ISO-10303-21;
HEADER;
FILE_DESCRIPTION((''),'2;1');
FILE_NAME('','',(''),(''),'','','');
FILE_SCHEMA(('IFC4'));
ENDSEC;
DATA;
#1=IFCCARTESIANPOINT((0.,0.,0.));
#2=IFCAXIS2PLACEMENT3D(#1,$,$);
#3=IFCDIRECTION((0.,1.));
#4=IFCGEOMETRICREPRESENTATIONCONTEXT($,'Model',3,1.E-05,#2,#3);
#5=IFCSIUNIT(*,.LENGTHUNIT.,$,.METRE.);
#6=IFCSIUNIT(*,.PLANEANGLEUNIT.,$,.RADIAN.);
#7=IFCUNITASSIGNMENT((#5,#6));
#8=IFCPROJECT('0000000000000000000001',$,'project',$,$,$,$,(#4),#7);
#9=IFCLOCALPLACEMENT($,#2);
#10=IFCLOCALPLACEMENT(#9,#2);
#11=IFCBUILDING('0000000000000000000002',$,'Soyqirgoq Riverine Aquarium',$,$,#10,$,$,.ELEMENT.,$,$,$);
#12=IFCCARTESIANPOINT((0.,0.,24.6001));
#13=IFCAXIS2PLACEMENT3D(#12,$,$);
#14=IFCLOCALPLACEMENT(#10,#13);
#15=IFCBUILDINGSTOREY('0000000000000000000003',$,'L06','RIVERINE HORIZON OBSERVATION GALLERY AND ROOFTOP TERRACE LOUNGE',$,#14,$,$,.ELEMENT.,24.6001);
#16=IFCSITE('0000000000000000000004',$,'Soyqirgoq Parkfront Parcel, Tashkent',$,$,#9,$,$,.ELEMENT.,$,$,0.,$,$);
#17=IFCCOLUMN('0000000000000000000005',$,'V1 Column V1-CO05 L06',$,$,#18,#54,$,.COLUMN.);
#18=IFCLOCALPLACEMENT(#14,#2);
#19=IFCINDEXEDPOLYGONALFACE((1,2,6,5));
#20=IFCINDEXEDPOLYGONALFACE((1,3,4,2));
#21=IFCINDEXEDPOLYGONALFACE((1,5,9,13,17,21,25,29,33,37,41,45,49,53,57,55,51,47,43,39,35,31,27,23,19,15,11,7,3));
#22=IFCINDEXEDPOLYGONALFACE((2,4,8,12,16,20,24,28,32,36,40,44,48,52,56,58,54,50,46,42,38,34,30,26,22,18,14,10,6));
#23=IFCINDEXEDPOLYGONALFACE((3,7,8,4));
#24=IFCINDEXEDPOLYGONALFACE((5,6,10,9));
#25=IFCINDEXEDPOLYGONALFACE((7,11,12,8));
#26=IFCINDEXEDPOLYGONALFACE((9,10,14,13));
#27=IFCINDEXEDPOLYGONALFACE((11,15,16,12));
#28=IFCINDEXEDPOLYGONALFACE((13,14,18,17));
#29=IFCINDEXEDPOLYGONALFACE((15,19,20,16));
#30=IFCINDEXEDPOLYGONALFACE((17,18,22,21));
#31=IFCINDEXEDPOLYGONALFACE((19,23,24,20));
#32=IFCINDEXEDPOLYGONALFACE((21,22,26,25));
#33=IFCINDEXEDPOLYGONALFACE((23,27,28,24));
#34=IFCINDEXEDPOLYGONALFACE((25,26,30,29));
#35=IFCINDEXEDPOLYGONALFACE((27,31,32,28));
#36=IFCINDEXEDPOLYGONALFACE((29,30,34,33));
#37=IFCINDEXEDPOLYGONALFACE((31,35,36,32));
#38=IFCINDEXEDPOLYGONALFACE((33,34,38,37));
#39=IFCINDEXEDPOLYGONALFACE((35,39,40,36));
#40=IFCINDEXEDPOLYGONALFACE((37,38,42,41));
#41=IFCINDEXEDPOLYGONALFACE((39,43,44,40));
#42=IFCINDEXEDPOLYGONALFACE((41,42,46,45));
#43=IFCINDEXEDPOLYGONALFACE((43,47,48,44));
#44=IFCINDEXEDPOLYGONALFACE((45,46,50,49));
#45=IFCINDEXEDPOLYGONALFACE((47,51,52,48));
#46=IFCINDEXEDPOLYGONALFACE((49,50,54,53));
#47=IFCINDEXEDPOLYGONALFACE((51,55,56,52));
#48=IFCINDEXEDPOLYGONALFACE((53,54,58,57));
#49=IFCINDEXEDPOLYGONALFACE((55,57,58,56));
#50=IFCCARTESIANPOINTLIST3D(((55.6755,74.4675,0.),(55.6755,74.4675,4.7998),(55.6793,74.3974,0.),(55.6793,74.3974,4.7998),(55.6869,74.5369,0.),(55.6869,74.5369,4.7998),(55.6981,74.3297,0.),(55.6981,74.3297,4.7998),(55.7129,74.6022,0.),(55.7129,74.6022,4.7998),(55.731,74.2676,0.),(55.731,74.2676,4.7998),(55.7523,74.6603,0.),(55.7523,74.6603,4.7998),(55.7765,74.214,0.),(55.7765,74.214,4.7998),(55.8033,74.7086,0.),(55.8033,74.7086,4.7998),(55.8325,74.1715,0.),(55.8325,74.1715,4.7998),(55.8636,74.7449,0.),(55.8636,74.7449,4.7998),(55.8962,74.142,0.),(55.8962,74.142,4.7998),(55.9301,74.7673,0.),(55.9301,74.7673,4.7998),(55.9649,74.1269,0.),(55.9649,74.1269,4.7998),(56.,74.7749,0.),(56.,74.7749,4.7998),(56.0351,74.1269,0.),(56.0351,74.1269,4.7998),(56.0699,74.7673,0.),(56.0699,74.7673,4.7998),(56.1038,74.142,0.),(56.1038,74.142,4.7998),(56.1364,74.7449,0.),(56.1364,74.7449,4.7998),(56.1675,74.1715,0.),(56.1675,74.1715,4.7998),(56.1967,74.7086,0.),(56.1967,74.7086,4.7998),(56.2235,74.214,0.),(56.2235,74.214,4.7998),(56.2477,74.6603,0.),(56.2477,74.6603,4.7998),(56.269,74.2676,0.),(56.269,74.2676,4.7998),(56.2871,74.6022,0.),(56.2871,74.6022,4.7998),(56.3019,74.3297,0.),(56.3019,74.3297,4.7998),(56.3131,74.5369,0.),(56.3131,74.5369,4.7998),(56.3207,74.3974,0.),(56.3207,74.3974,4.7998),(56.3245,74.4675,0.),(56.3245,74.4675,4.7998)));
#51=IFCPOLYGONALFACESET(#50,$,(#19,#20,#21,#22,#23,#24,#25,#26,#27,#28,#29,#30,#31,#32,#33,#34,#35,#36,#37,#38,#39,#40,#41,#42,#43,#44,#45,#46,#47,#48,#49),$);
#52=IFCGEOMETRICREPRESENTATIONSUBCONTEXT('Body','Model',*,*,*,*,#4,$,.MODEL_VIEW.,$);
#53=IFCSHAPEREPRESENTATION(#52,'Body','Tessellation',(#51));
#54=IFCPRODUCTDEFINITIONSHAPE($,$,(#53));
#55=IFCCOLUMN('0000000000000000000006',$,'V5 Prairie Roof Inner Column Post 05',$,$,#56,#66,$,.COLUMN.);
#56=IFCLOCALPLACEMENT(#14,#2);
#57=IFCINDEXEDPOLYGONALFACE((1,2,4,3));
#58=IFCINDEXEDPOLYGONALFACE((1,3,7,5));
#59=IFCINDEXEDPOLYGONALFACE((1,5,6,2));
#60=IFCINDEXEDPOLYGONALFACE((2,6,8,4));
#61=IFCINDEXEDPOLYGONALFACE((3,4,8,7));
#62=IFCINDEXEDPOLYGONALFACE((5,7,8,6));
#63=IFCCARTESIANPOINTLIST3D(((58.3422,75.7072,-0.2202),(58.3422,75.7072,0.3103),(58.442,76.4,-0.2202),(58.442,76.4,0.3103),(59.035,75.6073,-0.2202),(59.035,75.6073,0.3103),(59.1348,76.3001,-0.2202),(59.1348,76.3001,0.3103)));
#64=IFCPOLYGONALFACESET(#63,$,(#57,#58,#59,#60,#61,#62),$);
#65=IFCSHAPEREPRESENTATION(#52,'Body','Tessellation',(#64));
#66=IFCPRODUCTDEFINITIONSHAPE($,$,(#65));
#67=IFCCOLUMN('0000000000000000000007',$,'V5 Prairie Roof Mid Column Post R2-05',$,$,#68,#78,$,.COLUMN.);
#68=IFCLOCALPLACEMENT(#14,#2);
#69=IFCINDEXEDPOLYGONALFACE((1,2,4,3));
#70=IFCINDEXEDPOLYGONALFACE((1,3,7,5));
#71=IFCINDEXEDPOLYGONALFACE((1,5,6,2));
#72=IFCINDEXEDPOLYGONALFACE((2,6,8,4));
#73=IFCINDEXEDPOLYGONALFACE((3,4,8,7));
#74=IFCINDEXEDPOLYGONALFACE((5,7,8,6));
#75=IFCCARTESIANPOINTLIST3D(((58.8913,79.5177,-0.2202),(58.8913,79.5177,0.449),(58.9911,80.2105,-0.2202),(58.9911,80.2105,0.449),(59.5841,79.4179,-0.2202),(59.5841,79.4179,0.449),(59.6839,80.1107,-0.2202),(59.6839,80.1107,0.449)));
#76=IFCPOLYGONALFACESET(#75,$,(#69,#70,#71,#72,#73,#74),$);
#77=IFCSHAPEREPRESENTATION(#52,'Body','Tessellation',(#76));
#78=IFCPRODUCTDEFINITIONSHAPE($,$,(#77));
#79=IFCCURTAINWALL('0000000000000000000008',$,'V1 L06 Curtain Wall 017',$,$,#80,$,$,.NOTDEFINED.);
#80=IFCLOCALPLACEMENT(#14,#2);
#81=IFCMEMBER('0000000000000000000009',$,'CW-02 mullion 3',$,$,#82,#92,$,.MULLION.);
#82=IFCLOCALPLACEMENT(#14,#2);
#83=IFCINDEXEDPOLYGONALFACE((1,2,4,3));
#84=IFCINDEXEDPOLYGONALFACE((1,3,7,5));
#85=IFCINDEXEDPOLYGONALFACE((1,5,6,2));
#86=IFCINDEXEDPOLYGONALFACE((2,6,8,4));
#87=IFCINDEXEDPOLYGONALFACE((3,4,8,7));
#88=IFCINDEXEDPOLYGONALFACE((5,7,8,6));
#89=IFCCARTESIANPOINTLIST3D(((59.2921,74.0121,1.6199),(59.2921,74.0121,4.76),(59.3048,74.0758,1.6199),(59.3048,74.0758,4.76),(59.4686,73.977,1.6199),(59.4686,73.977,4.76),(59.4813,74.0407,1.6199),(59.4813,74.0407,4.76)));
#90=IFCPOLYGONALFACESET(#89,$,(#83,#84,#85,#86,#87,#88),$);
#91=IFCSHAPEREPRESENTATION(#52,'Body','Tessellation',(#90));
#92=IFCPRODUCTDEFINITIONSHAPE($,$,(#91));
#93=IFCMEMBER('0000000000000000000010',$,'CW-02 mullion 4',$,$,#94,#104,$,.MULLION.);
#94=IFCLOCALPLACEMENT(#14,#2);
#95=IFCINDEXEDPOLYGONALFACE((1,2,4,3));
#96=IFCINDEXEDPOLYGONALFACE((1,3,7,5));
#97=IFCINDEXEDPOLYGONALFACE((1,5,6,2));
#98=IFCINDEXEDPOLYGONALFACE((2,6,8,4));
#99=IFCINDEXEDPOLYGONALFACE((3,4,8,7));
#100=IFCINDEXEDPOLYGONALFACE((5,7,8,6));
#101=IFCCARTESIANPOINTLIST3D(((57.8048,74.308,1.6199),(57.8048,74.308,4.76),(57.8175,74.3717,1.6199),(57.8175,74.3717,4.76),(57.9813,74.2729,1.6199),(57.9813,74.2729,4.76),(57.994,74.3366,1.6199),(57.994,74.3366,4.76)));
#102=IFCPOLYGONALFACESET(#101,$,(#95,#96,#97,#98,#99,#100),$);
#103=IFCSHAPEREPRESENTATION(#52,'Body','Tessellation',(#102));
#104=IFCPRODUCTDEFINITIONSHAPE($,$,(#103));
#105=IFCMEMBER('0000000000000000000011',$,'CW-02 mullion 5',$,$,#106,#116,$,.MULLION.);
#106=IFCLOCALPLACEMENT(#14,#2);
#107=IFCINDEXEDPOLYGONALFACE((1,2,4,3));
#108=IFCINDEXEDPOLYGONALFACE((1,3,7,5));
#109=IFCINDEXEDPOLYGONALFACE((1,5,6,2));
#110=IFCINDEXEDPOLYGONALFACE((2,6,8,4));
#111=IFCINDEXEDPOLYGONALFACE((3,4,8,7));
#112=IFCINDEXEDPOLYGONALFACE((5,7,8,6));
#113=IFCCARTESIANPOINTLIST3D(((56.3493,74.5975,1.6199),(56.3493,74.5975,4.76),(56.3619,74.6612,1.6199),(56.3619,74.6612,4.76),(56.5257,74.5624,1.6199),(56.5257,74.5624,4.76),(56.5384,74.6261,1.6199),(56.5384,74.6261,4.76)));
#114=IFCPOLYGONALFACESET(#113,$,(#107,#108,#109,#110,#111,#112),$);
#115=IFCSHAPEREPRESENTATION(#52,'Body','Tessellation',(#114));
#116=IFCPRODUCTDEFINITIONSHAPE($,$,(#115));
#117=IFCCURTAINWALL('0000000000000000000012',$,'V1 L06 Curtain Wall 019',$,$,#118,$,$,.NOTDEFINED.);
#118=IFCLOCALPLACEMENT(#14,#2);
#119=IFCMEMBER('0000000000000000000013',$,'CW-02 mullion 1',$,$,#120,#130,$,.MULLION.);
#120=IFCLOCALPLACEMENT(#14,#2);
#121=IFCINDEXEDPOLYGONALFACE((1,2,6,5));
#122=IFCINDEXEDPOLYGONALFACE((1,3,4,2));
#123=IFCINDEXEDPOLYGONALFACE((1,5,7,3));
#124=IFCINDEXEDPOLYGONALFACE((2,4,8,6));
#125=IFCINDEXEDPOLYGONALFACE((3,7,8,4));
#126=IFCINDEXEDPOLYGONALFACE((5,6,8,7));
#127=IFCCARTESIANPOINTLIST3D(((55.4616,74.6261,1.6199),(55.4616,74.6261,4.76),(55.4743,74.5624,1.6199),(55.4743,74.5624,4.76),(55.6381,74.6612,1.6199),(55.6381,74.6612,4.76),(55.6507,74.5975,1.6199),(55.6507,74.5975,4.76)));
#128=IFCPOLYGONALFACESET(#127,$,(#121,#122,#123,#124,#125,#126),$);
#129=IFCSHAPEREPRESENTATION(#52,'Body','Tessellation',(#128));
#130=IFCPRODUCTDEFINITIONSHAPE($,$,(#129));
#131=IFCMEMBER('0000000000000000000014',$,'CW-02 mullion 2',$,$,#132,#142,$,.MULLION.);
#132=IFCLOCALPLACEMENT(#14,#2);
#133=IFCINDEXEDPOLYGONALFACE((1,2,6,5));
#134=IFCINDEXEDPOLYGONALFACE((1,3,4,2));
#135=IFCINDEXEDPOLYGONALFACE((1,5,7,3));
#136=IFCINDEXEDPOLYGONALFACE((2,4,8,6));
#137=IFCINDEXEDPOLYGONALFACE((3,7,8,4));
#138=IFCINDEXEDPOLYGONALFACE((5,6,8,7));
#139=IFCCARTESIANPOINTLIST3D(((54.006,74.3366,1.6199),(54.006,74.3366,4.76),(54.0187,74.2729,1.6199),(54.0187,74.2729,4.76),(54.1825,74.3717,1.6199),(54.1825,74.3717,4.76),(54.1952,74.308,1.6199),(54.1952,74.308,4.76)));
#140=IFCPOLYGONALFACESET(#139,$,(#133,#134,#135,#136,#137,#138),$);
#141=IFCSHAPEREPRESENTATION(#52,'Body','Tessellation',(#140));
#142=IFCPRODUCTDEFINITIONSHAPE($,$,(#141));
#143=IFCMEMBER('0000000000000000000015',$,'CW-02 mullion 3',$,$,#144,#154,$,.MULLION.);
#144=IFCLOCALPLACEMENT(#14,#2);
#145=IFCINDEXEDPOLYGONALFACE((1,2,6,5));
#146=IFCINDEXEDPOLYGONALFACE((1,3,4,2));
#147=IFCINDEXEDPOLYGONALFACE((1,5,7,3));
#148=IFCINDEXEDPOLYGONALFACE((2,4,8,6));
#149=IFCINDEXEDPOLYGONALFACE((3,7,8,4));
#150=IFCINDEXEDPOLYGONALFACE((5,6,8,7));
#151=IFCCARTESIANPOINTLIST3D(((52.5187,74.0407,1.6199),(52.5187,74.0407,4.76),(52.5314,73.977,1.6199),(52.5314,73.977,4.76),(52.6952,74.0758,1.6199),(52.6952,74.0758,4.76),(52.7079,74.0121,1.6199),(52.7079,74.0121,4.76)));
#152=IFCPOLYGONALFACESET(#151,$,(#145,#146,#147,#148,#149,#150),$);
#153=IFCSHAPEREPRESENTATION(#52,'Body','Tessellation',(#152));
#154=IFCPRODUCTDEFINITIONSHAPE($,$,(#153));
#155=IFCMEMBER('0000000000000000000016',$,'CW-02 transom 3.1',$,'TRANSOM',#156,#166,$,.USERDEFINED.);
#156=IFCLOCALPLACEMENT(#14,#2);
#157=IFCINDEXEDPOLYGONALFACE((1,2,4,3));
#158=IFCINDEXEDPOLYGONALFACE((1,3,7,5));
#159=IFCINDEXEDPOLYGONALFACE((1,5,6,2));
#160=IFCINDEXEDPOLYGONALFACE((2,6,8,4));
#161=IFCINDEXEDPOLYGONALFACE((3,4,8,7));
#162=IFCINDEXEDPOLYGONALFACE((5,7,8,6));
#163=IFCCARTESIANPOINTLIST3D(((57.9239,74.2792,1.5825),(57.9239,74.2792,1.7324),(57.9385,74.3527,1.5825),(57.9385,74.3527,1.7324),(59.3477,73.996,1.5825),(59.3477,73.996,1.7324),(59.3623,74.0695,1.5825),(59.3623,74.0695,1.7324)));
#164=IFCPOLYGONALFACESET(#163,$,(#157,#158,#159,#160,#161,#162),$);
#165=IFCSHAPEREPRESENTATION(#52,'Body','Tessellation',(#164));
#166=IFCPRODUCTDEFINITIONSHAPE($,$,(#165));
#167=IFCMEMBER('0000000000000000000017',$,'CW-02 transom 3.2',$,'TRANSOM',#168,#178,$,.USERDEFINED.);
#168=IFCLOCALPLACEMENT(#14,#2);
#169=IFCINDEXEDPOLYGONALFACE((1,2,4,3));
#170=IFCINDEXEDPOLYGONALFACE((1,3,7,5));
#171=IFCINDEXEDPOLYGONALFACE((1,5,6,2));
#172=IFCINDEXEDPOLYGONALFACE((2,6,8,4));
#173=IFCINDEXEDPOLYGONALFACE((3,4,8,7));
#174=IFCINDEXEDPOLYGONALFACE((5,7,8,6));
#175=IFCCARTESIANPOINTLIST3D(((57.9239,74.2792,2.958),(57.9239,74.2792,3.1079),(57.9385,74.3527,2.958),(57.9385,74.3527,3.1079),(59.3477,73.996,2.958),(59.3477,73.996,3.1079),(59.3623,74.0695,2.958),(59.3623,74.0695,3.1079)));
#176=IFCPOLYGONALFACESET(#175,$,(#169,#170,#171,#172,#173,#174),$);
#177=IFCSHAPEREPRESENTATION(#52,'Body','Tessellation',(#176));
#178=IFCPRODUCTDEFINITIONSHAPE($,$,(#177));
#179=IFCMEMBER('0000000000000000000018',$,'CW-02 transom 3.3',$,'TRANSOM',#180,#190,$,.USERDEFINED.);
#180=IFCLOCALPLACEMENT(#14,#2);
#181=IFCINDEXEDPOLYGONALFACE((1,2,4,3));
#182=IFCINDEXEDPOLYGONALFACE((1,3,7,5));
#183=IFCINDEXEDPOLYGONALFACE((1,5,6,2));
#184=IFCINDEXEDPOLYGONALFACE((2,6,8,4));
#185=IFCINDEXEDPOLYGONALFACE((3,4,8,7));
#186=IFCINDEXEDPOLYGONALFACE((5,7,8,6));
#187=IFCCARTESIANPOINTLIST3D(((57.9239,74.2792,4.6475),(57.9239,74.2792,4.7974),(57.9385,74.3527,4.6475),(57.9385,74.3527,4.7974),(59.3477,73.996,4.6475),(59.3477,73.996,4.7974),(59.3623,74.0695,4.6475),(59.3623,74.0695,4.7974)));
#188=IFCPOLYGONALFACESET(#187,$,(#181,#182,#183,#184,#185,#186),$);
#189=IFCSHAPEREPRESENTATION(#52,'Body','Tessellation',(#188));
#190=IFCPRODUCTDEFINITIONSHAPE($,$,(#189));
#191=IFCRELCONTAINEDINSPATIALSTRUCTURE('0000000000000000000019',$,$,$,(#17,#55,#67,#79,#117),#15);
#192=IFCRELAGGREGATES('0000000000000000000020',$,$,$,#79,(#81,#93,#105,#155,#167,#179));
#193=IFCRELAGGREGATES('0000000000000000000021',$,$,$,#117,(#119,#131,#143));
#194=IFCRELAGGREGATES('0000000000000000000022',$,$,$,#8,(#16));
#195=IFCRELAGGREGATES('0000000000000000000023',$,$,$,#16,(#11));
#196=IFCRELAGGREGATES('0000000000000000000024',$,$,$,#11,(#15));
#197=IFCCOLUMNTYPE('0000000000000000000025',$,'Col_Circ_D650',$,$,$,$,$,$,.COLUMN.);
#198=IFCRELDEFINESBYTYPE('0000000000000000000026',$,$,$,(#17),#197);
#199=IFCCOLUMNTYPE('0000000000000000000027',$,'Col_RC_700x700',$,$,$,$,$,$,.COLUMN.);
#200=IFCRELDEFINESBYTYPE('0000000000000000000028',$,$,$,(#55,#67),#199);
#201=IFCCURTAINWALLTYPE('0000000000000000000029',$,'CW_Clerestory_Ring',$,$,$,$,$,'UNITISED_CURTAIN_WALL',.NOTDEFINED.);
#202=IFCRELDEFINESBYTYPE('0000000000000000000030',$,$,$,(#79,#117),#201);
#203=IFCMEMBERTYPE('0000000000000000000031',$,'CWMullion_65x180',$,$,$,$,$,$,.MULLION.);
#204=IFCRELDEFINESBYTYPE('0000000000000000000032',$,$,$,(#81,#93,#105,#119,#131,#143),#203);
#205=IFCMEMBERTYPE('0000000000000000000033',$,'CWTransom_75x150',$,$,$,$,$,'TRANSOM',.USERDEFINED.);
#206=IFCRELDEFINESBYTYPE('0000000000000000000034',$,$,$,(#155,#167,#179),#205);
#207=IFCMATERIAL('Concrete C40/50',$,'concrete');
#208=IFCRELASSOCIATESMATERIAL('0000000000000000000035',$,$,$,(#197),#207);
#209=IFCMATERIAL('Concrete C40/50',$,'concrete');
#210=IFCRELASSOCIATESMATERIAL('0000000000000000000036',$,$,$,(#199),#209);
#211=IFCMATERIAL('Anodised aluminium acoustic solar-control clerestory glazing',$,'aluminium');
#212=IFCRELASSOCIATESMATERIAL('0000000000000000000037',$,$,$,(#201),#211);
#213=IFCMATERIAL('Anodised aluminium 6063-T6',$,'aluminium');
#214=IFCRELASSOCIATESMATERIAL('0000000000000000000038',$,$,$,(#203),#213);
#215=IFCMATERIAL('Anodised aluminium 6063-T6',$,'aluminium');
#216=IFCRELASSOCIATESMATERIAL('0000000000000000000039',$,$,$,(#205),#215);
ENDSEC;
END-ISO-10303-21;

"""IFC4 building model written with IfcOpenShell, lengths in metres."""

from ifc_helpers import new_model, si_unit, direction, frame, origin, origin_2d, place, context, subcontext, project, spatial, rectangle, circle, extrude, material, material_profile, profile_set, type_object, element, aggregate, save


model = new_model("IFC4")

# Units and contexts
model_context = context("Model", 3, precision=1e-05, world=origin(), true_north=direction((0.0, 1.0)))
body_context = subcontext(model_context, "Body", "Model", "MODEL_VIEW")
ifc_project = project(units=[si_unit("LENGTHUNIT", "METRE"), si_unit("PLANEANGLEUNIT", "RADIAN")], contexts=[model_context])

# Site, building, storey
site_placement = place(None, origin())
site = spatial("IfcSite", under=ifc_project, at=site_placement, Name="Soyqirgoq Parkfront Parcel, Tashkent", CompositionType="ELEMENT", RefElevation=0.0)
building_placement = place(site_placement, origin())
building = spatial("IfcBuilding", under=site, at=building_placement, Name="Soyqirgoq Riverine Aquarium", CompositionType="ELEMENT")
storey_placement = place(building_placement, frame((0.0, 0.0, 24.6001)))
storey = spatial("IfcBuildingStorey", under=building, at=storey_placement, Name="L06", Description="RIVERINE HORIZON OBSERVATION GALLERY AND ROOFTOP TERRACE LOUNGE", CompositionType="ELEMENT", Elevation=24.6001)

# Columns
ifc_material_1 = material(Name="Concrete C40/50", Category="concrete")
ifc_material_profile_1 = material_profile(ifc_material_1, circle(Radius=0.325, at=origin_2d()), Name="RC-COL D650")
ifc_profile_set_1 = profile_set([ifc_material_profile_1], Name="Concrete C40/50")
column_type_1 = type_object("IfcColumnType", Name="Col_Circ_D650", PredefinedType="COLUMN", material=ifc_profile_set_1)
column_1_placement = place(storey_placement, frame((56.0, 74.45, 0.0), z_axis=(0.0, 0.0, 1.0), x_axis=(0.0, 1.0, 0.0)))
element("IfcColumn", 1, at=column_1_placement, inside=storey, type_object=column_type_1, Name="V1 Column V1-CO05 L06", PredefinedType="COLUMN", context=body_context, shape_type="SweptSolid", body=[
    extrude(circle(Radius=0.325, at=origin_2d()), origin(), (0.0, 0.0, 1.0), 4.7998),
])
ifc_material_2 = material(Name="Concrete C40/50", Category="concrete")
ifc_material_profile_2 = material_profile(ifc_material_2, rectangle(XDim=0.7, YDim=0.7, at=origin_2d()), Name="RC 700x700")
ifc_profile_set_2 = profile_set([ifc_material_profile_2], Name="Concrete C40/50")
column_type_2 = type_object("IfcColumnType", Name="Col_RC_700x700", PredefinedType="COLUMN", material=ifc_profile_set_2)
column_2_placement = place(storey_placement, frame((58.7385, 76.0037, -0.2202), z_axis=(0.0, 0.0, 1.0), x_axis=(0.142629, 0.989776, 0.0)))
element("IfcColumn", 2, at=column_2_placement, inside=storey, type_object=column_type_2, Name="V5 Prairie Roof Inner Column Post 05", PredefinedType="COLUMN", context=body_context, shape_type="SweptSolid", body=[
    extrude(rectangle(XDim=0.7, YDim=0.7, at=origin_2d()), origin(), (0.0, 0.0, 1.0), 0.5305),
])
column_3_placement = place(storey_placement, frame((59.2876, 79.8142, -0.2202), z_axis=(0.0, 0.0, 1.0), x_axis=(0.142629, 0.989776, 0.0)))
element("IfcColumn", 3, at=column_3_placement, inside=storey, type_object=column_type_2, Name="V5 Prairie Roof Mid Column Post R2-05", PredefinedType="COLUMN", context=body_context, shape_type="SweptSolid", body=[
    extrude(rectangle(XDim=0.7, YDim=0.7, at=origin_2d()), origin(), (0.0, 0.0, 1.0), 0.6692),
])

# Curtain walls, members
ifc_material_3 = material(Name="Anodised aluminium acoustic solar-control clerestory glazing", Category="aluminium")
curtain_wall_type = type_object("IfcCurtainWallType", Name="CW_Clerestory_Ring", ElementType="UNITISED_CURTAIN_WALL", PredefinedType="NOTDEFINED", material=ifc_material_3)
curtain_wall_1_placement = place(storey_placement, origin())
curtain_wall_1 = element("IfcCurtainWall", 4, at=curtain_wall_1_placement, inside=storey, type_object=curtain_wall_type, Name="V1 L06 Curtain Wall 017", PredefinedType="NOTDEFINED")
ifc_material_4 = material(Name="Anodised aluminium 6063-T6", Category="aluminium")
ifc_material_profile_3 = material_profile(ifc_material_4, rectangle(XDim=0.0649, YDim=0.1799, at=origin_2d()), Name="ALU-M 65x180")
ifc_profile_set_3 = profile_set([ifc_material_profile_3], Name="Anodised aluminium 6063-T6")
member_type_1 = type_object("IfcMemberType", Name="CWMullion_65x180", PredefinedType="MULLION", material=ifc_profile_set_3)
member_1_placement = place(storey_placement, frame((59.3867, 74.0264, 1.6199), z_axis=(0.0, 0.0, 1.0), x_axis=(-0.195095, -0.980784, 0.0)))
member_1 = element("IfcMember", 5, at=member_1_placement, type_object=member_type_1, Name="CW-02 mullion 3", PredefinedType="MULLION", context=body_context, shape_type="SweptSolid", body=[
    extrude(rectangle(XDim=0.0649, YDim=0.1799, at=origin_2d()), origin(), (0.0, 0.0, 1.0), 3.1401),
])
member_2_placement = place(storey_placement, frame((57.8994, 74.3223, 1.6199), z_axis=(0.0, 0.0, 1.0), x_axis=(-0.195095, -0.980784, 0.0)))
member_2 = element("IfcMember", 6, at=member_2_placement, type_object=member_type_1, Name="CW-02 mullion 4", PredefinedType="MULLION", context=body_context, shape_type="SweptSolid", body=[
    extrude(rectangle(XDim=0.0649, YDim=0.1799, at=origin_2d()), origin(), (0.0, 0.0, 1.0), 3.1401),
])
member_3_placement = place(storey_placement, frame((56.4438, 74.6118, 1.6199), z_axis=(0.0, 0.0, 1.0), x_axis=(-0.195095, -0.980784, 0.0)))
member_3 = element("IfcMember", 7, at=member_3_placement, type_object=member_type_1, Name="CW-02 mullion 5", PredefinedType="MULLION", context=body_context, shape_type="SweptSolid", body=[
    extrude(rectangle(XDim=0.0649, YDim=0.1799, at=origin_2d()), origin(), (0.0, 0.0, 1.0), 3.1401),
])
curtain_wall_2_placement = place(storey_placement, origin())
curtain_wall_2 = element("IfcCurtainWall", 8, at=curtain_wall_2_placement, inside=storey, type_object=curtain_wall_type, Name="V1 L06 Curtain Wall 019", PredefinedType="NOTDEFINED")
member_4_placement = place(storey_placement, frame((55.5562, 74.6118, 1.6199), z_axis=(0.0, 0.0, 1.0), x_axis=(0.195095, -0.980784, 0.0)))
member_4 = element("IfcMember", 9, at=member_4_placement, type_object=member_type_1, Name="CW-02 mullion 1", PredefinedType="MULLION", context=body_context, shape_type="SweptSolid", body=[
    extrude(rectangle(XDim=0.0649, YDim=0.1799, at=origin_2d()), origin(), (0.0, 0.0, 1.0), 3.1401),
])
member_5_placement = place(storey_placement, frame((54.1006, 74.3223, 1.6199), z_axis=(0.0, 0.0, 1.0), x_axis=(0.195095, -0.980784, 0.0)))
member_5 = element("IfcMember", 10, at=member_5_placement, type_object=member_type_1, Name="CW-02 mullion 2", PredefinedType="MULLION", context=body_context, shape_type="SweptSolid", body=[
    extrude(rectangle(XDim=0.0649, YDim=0.1799, at=origin_2d()), origin(), (0.0, 0.0, 1.0), 3.1401),
])
member_6_placement = place(storey_placement, frame((52.6133, 74.0264, 1.6199), z_axis=(0.0, 0.0, 1.0), x_axis=(0.195095, -0.980784, 0.0)))
member_6 = element("IfcMember", 11, at=member_6_placement, type_object=member_type_1, Name="CW-02 mullion 3", PredefinedType="MULLION", context=body_context, shape_type="SweptSolid", body=[
    extrude(rectangle(XDim=0.0649, YDim=0.1799, at=origin_2d()), origin(), (0.0, 0.0, 1.0), 3.1401),
])

# Members
ifc_material_5 = material(Name="Anodised aluminium 6063-T6", Category="aluminium")
ifc_material_profile_4 = material_profile(ifc_material_5, rectangle(XDim=0.075, YDim=0.1499, at=origin_2d()), Name="ALU-T 75x150")
ifc_profile_set_4 = profile_set([ifc_material_profile_4], Name="Anodised aluminium 6063-T6")
member_type_2 = type_object("IfcMemberType", Name="CWTransom_75x150", ElementType="TRANSOM", PredefinedType="USERDEFINED", material=ifc_profile_set_4)
member_7_placement = place(storey_placement, frame((59.355, 74.0327, 1.6575), z_axis=(-0.980787, 0.195081, 0.0), x_axis=(-0.195081, -0.980787, 0.0)))
member_7 = element("IfcMember", 12, at=member_7_placement, type_object=member_type_2, Name="CW-02 transom 3.1", ObjectType="TRANSOM", PredefinedType="USERDEFINED", context=body_context, shape_type="SweptSolid", body=[
    extrude(rectangle(XDim=0.075, YDim=0.1499, at=origin_2d()), origin(), (0.0, 0.0, 1.0), 1.4517),
])
member_8_placement = place(storey_placement, frame((59.355, 74.0327, 3.033), z_axis=(-0.980787, 0.195081, 0.0), x_axis=(-0.195081, -0.980787, 0.0)))
member_8 = element("IfcMember", 13, at=member_8_placement, type_object=member_type_2, Name="CW-02 transom 3.2", ObjectType="TRANSOM", PredefinedType="USERDEFINED", context=body_context, shape_type="SweptSolid", body=[
    extrude(rectangle(XDim=0.075, YDim=0.1499, at=origin_2d()), origin(), (0.0, 0.0, 1.0), 1.4517),
])
member_9_placement = place(storey_placement, frame((59.355, 74.0327, 4.7224), z_axis=(-0.980787, 0.195081, 0.0), x_axis=(-0.195081, -0.980787, 0.0)))
member_9 = element("IfcMember", 14, at=member_9_placement, type_object=member_type_2, Name="CW-02 transom 3.3", ObjectType="TRANSOM", PredefinedType="USERDEFINED", context=body_context, shape_type="SweptSolid", body=[
    extrude(rectangle(XDim=0.075, YDim=0.1499, at=origin_2d()), origin(), (0.0, 0.0, 1.0), 1.4517),
])

aggregate(curtain_wall_1, [member_1, member_2, member_3, member_7, member_8, member_9])
aggregate(curtain_wall_2, [member_4, member_5, member_6])

save(model, "model.ifc")
